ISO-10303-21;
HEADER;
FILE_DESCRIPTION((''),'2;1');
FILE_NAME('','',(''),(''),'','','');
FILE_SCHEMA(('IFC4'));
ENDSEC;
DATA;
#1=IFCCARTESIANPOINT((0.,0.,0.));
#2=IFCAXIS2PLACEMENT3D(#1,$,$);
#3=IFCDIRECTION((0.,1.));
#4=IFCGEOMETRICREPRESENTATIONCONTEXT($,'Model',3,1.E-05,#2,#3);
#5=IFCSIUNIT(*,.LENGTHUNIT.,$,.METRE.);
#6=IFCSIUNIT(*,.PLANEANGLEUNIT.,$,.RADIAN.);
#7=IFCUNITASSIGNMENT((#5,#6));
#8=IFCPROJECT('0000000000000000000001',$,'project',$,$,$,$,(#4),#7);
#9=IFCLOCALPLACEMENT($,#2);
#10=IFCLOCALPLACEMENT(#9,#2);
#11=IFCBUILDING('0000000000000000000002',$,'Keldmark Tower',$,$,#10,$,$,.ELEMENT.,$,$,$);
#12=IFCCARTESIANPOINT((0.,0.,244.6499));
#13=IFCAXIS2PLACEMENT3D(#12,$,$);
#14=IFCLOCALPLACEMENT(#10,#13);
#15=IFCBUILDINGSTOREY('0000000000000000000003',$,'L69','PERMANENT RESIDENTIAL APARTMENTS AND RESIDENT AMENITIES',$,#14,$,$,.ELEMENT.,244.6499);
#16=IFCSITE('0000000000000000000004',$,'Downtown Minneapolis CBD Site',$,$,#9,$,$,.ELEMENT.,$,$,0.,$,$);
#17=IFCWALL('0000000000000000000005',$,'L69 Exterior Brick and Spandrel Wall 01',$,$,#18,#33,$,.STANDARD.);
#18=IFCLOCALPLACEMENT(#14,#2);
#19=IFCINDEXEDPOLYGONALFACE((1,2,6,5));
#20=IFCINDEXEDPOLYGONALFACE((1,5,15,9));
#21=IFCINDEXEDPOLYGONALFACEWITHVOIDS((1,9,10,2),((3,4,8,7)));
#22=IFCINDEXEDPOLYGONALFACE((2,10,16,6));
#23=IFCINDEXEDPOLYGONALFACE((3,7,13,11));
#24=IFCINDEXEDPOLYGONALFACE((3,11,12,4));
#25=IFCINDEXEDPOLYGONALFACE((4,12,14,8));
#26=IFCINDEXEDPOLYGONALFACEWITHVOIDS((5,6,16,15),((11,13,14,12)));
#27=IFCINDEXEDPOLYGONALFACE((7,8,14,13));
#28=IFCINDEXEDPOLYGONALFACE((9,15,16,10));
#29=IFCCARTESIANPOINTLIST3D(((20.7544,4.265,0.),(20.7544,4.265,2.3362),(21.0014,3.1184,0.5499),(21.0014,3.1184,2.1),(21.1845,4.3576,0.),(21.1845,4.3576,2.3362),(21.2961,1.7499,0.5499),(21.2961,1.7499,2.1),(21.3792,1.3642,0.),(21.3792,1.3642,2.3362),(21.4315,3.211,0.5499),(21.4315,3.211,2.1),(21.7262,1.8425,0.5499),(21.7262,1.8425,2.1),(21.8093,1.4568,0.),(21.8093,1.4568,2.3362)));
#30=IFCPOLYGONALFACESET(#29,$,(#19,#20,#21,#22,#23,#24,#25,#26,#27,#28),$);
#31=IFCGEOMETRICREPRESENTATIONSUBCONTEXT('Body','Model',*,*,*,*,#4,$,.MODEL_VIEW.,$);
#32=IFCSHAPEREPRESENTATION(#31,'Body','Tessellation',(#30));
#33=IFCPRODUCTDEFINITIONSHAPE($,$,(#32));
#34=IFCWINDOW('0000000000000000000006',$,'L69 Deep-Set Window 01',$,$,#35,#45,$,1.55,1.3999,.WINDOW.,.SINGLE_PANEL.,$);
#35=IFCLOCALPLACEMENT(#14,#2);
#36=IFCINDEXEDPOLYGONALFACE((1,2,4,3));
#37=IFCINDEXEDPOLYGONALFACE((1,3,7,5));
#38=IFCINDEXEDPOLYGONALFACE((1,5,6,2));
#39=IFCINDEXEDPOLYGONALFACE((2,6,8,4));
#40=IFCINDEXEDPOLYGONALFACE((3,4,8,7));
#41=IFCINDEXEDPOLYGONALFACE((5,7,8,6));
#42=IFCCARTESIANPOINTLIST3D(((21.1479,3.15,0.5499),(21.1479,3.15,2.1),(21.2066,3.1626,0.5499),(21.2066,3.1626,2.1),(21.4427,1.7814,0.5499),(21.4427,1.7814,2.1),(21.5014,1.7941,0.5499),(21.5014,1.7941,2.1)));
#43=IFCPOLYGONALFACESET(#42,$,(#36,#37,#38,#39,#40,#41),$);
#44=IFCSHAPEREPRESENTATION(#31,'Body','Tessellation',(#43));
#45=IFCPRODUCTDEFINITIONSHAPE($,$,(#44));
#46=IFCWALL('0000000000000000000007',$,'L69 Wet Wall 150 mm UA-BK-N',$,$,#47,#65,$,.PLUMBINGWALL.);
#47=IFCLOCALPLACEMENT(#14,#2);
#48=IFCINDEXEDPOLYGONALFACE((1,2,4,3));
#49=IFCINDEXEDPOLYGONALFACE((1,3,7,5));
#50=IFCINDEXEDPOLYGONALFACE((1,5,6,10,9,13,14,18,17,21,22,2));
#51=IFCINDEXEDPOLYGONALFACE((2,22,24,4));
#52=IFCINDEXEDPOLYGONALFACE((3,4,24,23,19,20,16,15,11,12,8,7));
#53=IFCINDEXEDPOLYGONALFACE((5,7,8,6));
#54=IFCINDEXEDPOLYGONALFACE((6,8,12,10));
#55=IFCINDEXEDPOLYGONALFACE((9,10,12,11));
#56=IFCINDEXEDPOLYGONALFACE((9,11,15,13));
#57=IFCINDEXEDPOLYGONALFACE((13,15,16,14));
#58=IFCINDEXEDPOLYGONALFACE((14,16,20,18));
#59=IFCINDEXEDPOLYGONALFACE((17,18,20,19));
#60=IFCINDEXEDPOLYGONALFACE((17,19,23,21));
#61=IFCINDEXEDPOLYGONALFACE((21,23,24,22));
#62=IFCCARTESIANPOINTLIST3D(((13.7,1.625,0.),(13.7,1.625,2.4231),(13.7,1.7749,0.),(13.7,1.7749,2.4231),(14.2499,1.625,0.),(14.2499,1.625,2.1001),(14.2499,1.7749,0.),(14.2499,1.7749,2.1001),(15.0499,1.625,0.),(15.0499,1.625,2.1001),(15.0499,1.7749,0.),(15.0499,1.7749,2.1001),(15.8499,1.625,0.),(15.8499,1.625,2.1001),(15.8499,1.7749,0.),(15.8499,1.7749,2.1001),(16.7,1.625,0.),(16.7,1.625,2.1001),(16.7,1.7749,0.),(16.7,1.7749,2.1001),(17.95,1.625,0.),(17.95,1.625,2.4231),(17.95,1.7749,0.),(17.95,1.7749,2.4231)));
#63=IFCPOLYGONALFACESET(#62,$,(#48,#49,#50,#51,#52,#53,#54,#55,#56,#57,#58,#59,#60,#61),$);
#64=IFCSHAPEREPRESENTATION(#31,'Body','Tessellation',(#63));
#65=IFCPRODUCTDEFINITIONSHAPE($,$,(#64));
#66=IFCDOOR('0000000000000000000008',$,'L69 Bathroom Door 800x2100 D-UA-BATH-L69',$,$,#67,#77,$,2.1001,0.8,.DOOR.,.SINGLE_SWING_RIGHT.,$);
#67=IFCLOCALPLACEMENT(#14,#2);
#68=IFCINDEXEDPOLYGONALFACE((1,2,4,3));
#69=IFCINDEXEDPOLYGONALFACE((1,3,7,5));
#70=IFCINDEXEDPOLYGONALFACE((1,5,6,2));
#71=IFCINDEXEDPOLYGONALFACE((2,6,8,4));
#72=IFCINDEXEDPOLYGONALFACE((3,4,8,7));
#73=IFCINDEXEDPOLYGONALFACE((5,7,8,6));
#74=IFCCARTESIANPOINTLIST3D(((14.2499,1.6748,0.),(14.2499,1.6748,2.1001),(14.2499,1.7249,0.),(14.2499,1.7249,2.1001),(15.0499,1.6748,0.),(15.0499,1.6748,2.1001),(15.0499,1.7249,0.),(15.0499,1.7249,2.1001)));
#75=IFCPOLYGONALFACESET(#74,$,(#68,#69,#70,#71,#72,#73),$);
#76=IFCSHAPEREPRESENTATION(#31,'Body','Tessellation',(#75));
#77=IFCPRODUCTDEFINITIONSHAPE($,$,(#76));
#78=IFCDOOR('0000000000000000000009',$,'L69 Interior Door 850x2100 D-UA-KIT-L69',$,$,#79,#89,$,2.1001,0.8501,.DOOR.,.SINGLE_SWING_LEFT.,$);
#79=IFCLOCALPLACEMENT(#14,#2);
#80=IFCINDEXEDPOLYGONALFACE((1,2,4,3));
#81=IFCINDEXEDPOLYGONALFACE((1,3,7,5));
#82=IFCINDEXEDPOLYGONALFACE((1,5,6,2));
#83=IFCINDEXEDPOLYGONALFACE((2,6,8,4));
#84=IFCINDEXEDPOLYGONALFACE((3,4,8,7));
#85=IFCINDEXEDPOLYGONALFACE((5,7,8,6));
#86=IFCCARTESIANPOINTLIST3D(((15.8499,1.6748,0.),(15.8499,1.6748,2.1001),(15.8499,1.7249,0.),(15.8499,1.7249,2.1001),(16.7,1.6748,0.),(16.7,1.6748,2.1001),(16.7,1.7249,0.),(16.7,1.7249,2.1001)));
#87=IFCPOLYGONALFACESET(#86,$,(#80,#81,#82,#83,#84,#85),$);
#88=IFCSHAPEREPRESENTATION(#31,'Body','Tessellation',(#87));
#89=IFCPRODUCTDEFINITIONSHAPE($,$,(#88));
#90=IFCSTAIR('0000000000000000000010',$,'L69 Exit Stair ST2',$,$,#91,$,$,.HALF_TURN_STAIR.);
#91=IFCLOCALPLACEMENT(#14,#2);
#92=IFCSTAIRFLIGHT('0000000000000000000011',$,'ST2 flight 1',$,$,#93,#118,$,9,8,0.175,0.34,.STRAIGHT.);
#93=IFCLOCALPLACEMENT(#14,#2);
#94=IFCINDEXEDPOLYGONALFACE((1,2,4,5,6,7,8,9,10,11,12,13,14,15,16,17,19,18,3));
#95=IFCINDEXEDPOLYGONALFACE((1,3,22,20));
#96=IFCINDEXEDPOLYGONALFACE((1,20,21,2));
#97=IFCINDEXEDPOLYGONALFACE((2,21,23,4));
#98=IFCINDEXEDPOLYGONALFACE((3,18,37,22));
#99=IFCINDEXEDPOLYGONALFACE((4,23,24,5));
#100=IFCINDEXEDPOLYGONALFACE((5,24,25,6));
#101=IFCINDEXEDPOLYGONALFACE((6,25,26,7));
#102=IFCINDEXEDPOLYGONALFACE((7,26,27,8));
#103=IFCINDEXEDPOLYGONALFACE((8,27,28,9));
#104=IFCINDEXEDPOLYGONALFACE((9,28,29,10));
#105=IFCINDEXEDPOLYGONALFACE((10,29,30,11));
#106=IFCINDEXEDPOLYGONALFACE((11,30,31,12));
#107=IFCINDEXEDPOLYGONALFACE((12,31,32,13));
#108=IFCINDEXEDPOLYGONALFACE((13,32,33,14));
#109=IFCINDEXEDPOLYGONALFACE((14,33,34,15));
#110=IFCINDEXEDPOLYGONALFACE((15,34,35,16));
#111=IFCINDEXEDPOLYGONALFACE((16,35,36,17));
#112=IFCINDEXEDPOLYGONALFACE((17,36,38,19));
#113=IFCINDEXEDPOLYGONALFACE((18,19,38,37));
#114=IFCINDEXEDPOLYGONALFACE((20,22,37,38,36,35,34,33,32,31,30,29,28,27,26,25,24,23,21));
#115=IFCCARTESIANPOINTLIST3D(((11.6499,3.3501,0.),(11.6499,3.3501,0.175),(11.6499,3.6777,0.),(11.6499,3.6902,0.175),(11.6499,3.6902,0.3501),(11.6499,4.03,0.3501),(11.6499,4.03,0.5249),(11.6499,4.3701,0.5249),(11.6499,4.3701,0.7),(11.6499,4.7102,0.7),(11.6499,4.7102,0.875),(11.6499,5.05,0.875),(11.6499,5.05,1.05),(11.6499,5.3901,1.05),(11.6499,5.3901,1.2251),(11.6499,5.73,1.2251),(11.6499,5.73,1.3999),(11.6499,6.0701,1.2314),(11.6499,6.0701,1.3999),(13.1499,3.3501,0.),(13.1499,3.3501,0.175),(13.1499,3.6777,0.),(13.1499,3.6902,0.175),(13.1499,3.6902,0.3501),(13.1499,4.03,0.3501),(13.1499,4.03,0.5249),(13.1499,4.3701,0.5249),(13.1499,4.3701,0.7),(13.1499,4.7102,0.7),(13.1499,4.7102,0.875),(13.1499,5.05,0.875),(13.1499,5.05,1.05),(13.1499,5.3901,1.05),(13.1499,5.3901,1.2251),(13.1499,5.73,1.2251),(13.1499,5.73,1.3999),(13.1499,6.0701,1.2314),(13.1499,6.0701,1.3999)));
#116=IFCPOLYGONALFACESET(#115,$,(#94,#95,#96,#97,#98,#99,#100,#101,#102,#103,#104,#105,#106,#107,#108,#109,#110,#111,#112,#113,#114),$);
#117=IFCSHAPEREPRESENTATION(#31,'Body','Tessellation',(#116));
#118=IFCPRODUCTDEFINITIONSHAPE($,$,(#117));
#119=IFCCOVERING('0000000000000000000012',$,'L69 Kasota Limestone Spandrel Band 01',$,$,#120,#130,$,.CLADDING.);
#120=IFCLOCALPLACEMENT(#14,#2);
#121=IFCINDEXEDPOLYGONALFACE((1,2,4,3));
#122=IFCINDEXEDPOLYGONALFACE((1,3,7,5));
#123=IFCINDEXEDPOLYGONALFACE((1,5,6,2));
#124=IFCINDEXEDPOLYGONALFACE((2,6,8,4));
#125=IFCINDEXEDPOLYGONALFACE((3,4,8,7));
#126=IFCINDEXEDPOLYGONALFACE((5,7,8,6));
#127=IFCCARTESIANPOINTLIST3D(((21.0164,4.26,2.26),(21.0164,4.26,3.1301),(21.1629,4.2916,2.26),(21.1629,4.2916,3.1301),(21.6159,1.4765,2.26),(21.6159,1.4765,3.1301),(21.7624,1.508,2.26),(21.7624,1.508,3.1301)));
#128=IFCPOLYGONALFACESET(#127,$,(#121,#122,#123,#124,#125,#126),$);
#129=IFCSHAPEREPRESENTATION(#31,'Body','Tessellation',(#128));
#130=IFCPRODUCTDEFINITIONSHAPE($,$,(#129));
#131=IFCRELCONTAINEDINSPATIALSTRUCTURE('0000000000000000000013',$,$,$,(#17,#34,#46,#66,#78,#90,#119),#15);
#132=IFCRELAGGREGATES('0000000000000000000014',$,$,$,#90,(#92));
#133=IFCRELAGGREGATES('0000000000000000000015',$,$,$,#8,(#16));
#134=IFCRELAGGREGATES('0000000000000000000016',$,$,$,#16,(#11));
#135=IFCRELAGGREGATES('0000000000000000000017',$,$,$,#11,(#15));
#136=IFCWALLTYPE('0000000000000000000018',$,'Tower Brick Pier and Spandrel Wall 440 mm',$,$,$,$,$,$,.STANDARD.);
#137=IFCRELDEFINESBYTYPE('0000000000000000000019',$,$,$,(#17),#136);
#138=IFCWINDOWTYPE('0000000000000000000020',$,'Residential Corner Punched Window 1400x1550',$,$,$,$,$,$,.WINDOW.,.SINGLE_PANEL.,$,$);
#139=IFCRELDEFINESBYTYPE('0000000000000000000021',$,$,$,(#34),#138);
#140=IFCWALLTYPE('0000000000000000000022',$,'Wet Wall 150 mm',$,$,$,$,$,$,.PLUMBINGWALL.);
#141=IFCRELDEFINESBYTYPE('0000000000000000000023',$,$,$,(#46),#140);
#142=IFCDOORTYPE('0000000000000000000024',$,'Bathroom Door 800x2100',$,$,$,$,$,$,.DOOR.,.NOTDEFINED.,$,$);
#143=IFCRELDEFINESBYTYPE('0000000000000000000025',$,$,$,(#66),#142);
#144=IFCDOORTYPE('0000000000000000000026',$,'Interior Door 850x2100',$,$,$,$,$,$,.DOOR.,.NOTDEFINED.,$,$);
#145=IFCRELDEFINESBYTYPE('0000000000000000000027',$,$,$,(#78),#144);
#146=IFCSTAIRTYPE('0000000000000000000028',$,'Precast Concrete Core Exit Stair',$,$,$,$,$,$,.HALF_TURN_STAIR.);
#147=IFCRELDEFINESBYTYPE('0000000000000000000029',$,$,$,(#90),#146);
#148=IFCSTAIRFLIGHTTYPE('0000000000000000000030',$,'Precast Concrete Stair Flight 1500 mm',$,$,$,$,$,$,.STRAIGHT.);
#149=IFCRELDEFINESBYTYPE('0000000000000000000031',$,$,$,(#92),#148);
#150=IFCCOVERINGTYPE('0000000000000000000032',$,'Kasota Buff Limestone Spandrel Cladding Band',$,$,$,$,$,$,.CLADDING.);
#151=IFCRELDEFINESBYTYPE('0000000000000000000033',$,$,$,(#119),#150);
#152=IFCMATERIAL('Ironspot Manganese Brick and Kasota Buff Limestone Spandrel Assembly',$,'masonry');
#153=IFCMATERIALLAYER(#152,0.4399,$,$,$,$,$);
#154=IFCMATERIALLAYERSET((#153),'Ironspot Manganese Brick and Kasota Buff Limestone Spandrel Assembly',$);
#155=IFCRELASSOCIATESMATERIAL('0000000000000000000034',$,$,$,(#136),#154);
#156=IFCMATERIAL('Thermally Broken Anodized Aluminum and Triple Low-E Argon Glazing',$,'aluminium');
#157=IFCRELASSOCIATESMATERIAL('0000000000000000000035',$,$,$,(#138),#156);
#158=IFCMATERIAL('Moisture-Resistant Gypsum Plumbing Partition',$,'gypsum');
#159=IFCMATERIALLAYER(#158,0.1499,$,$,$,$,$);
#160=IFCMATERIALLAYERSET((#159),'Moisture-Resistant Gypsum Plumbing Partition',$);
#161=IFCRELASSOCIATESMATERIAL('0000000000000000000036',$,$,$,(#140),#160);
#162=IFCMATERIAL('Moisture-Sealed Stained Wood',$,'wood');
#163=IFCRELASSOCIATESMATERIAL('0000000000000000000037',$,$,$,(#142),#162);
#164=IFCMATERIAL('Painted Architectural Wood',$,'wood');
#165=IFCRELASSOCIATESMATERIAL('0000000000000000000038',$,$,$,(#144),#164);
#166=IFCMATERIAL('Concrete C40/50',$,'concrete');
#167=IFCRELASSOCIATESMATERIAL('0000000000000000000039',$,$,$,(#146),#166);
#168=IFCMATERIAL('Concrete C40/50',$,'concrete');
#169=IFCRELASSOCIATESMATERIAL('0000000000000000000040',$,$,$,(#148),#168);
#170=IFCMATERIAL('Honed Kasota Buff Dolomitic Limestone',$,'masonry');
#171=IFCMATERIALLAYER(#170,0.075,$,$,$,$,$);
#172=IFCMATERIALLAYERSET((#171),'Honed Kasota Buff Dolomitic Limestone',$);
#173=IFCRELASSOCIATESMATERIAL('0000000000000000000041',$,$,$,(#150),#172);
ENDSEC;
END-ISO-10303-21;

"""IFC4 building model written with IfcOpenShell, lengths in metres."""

from ifc_helpers import new_model, si_unit, direction, frame, frame_2d, origin, origin_2d, place, context, subcontext, project, spatial, polyline, rectangle, outline, extrude, material, layer, layer_set, type_object, element, fill, aggregate, save


model = new_model("IFC4")

# Units and contexts
model_context = context("Model", 3, precision=1e-05, world=origin(), true_north=direction((0.0, 1.0)))
body_context = subcontext(model_context, "Body", "Model", "MODEL_VIEW")
ifc_project = project(units=[si_unit("LENGTHUNIT", "METRE"), si_unit("PLANEANGLEUNIT", "RADIAN")], contexts=[model_context])

# Site, building, storey
site_placement = place(None, origin())
site = spatial("IfcSite", under=ifc_project, at=site_placement, Name="Downtown Minneapolis CBD Site", CompositionType="ELEMENT", RefElevation=0.0)
building_placement = place(site_placement, origin())
building = spatial("IfcBuilding", under=site, at=building_placement, Name="Keldmark Tower", CompositionType="ELEMENT")
storey_placement = place(building_placement, frame((0.0, 0.0, 244.6499)))
storey = spatial("IfcBuildingStorey", under=building, at=storey_placement, Name="L69", Description="PERMANENT RESIDENTIAL APARTMENTS AND RESIDENT AMENITIES", CompositionType="ELEMENT", Elevation=244.6499)

# Wall, opening, window
ifc_material_1 = material(Name="Ironspot Manganese Brick and Kasota Buff Limestone Spandrel Assembly", Category="masonry")
ifc_layer_1 = layer(ifc_material_1, 0.4399)
ifc_layer_set_1 = layer_set([ifc_layer_1], Name="Ironspot Manganese Brick and Kasota Buff Limestone Spandrel Assembly")
wall_type_1 = type_object("IfcWallType", Name="Tower Brick Pier and Spandrel Wall 440 mm", PredefinedType="STANDARD", material=ifc_layer_set_1)
wall_1_placement = place(storey_placement, frame((20.9695, 4.3113, 0.0), z_axis=(0.0, 0.0, 1.0), x_axis=(0.21054, -0.977585, 0.0)))
wall_1 = element("IfcWall", 1, at=wall_1_placement, inside=storey, type_object=wall_type_1, Name="L69 Exterior Brick and Spandrel Wall 01", PredefinedType="STANDARD", context=body_context, shape_type="SweptSolid", body=[
    extrude(rectangle(XDim=2.9673, YDim=0.4399, at=frame_2d((1.4836, 0.0))), origin(), (0.0, 0.0, 1.0), 2.3362),
])
opening_1_placement = place(wall_1_placement, frame((1.1729, 0.0, 0.55)))
opening_1 = element("IfcOpeningElement", 2, at=opening_1_placement, cuts=wall_1, PredefinedType="OPENING", context=body_context, shape_type="SweptSolid", body=[
    extrude(rectangle(XDim=1.3999, YDim=1.55, at=frame_2d((0.7, 0.7749))), frame((0.0, 0.23, 0.0), z_axis=(0.0, -1.0, 0.0), x_axis=(1.0, 0.0, 0.0)), (0.0, 0.0, 1.0), 0.46),
])
ifc_material_2 = material(Name="Thermally Broken Anodized Aluminum and Triple Low-E Argon Glazing", Category="aluminium")
window_type = type_object("IfcWindowType", Name="Residential Corner Punched Window 1400x1550", PartitioningType="SINGLE_PANEL", PredefinedType="WINDOW", material=ifc_material_2)
window_placement = place(opening_1_placement, origin())
window = element("IfcWindow", 3, at=window_placement, inside=storey, type_object=window_type, Name="L69 Deep-Set Window 01", OverallHeight=1.55, OverallWidth=1.3999, PartitioningType="SINGLE_PANEL", PredefinedType="WINDOW", context=body_context, shape_type="SweptSolid", body=[
    extrude(rectangle(XDim=1.3999, YDim=1.55, at=frame_2d((0.7, 0.7749))), frame((0.0, -0.01, 0.0), z_axis=(0.0, -1.0, 0.0), x_axis=(1.0, 0.0, 0.0)), (0.0, 0.0, 1.0), 0.0601),
])
fill(opening_1, window)

# Wall, openings, doors
ifc_material_3 = material(Name="Moisture-Resistant Gypsum Plumbing Partition", Category="gypsum")
ifc_layer_2 = layer(ifc_material_3, 0.1499)
ifc_layer_set_2 = layer_set([ifc_layer_2], Name="Moisture-Resistant Gypsum Plumbing Partition")
wall_type_2 = type_object("IfcWallType", Name="Wet Wall 150 mm", PredefinedType="PLUMBINGWALL", material=ifc_layer_set_2)
wall_2_placement = place(storey_placement, frame((13.7, 1.7, 0.0), z_axis=(0.0, 0.0, 1.0), x_axis=(1.0, 0.0, 0.0)))
wall_2 = element("IfcWall", 4, at=wall_2_placement, inside=storey, type_object=wall_type_2, Name="L69 Wet Wall 150 mm UA-BK-N", PredefinedType="PLUMBINGWALL", context=body_context, shape_type="SweptSolid", body=[
    extrude(rectangle(XDim=4.25, YDim=0.1499, at=frame_2d((2.125, 0.0))), origin(), (0.0, 0.0, 1.0), 2.4231),
])
opening_2_placement = place(wall_2_placement, frame((0.55, 0.0, 0.0)))
opening_2 = element("IfcOpeningElement", 5, at=opening_2_placement, cuts=wall_2, PredefinedType="OPENING", context=body_context, shape_type="SweptSolid", body=[
    extrude(rectangle(XDim=0.8, YDim=2.1001, at=frame_2d((0.3999, 1.05))), frame((0.0, 0.085, 0.0), z_axis=(0.0, -1.0, 0.0), x_axis=(1.0, 0.0, 0.0)), (0.0, 0.0, 1.0), 0.1699),
])
opening_3_placement = place(wall_2_placement, frame((2.1499, 0.0, 0.0)))
opening_3 = element("IfcOpeningElement", 6, at=opening_3_placement, cuts=wall_2, PredefinedType="OPENING", context=body_context, shape_type="SweptSolid", body=[
    extrude(rectangle(XDim=0.8501, YDim=2.1001, at=frame_2d((0.425, 1.05))), frame((0.0, 0.085, 0.0), z_axis=(0.0, -1.0, 0.0), x_axis=(1.0, 0.0, 0.0)), (0.0, 0.0, 1.0), 0.1699),
])
ifc_material_4 = material(Name="Moisture-Sealed Stained Wood", Category="wood")
door_type_1 = type_object("IfcDoorType", Name="Bathroom Door 800x2100", OperationType="NOTDEFINED", PredefinedType="DOOR", material=ifc_material_4)
door_1_placement = place(opening_2_placement, origin())
door_1 = element("IfcDoor", 7, at=door_1_placement, inside=storey, type_object=door_type_1, Name="L69 Bathroom Door 800x2100 D-UA-BATH-L69", OperationType="SINGLE_SWING_RIGHT", OverallHeight=2.1001, OverallWidth=0.8, PredefinedType="DOOR", context=body_context, shape_type="SweptSolid", body=[
    extrude(rectangle(XDim=0.8, YDim=2.1001, at=frame_2d((0.3999, 1.05))), frame((0.0, 0.0249, 0.0), z_axis=(0.0, -1.0, 0.0), x_axis=(1.0, 0.0, 0.0)), (0.0, 0.0, 1.0), 0.05),
])
fill(opening_2, door_1)
ifc_material_5 = material(Name="Painted Architectural Wood", Category="wood")
door_type_2 = type_object("IfcDoorType", Name="Interior Door 850x2100", OperationType="NOTDEFINED", PredefinedType="DOOR", material=ifc_material_5)
door_2_placement = place(opening_3_placement, origin())
door_2 = element("IfcDoor", 8, at=door_2_placement, inside=storey, type_object=door_type_2, Name="L69 Interior Door 850x2100 D-UA-KIT-L69", OperationType="SINGLE_SWING_LEFT", OverallHeight=2.1001, OverallWidth=0.8501, PredefinedType="DOOR", context=body_context, shape_type="SweptSolid", body=[
    extrude(rectangle(XDim=0.8501, YDim=2.1001, at=frame_2d((0.425, 1.05))), frame((0.0, 0.0249, 0.0), z_axis=(0.0, -1.0, 0.0), x_axis=(1.0, 0.0, 0.0)), (0.0, 0.0, 1.0), 0.05),
])
fill(opening_3, door_2)

# Stair, stair flight
ifc_material_6 = material(Name="Concrete C40/50", Category="concrete")
stair_type = type_object("IfcStairType", Name="Precast Concrete Core Exit Stair", PredefinedType="HALF_TURN_STAIR", material=ifc_material_6)
stair_placement = place(storey_placement, origin())
stair = element("IfcStair", 9, at=stair_placement, inside=storey, type_object=stair_type, Name="L69 Exit Stair ST2", PredefinedType="HALF_TURN_STAIR")
ifc_material_7 = material(Name="Concrete C40/50", Category="concrete")
stair_flight_type = type_object("IfcStairFlightType", Name="Precast Concrete Stair Flight 1500 mm", PredefinedType="STRAIGHT", material=ifc_material_7)
stair_flight_placement = place(storey_placement, frame((12.3999, 3.3501, 0.0), z_axis=(0.0, 0.0, 1.0), x_axis=(0.0, 1.0, 0.0)))
stair_flight = element("IfcStairFlight", 10, at=stair_flight_placement, type_object=stair_flight_type, Name="ST2 flight 1", NumberOfRisers=9, NumberOfTreads=8, PredefinedType="STRAIGHT", RiserHeight=0.175, TreadLength=0.34, context=body_context, shape_type="SweptSolid", body=[
    extrude(outline(polyline([(0.0, 0.0), (0.0, 0.175), (0.3401, 0.175), (0.3401, 0.3501), (0.6799, 0.3501), (0.6799, 0.5249), (1.02, 0.5249), (1.02, 0.7), (1.3601, 0.7), (1.3601, 0.875), (1.7, 0.875), (1.7, 1.05), (2.04, 1.05), (2.04, 1.2251), (2.3799, 1.2251), (2.3799, 1.3999), (2.72, 1.3999), (2.72, 1.575), (2.72, 1.2314), (0.3276, 0.0), (0.0, 0.0)])), frame((0.0, 0.75, 0.0), z_axis=(0.0, -1.0, 0.0), x_axis=(1.0, 0.0, 0.0)), (0.0, 0.0, 1.0), 1.5),
])
aggregate(stair, [stair_flight])

# Covering
ifc_material_8 = material(Name="Honed Kasota Buff Dolomitic Limestone", Category="masonry")
ifc_layer_3 = layer(ifc_material_8, 0.075)
ifc_layer_set_3 = layer_set([ifc_layer_3], Name="Honed Kasota Buff Dolomitic Limestone")
covering_type = type_object("IfcCoveringType", Name="Kasota Buff Limestone Spandrel Cladding Band", PredefinedType="CLADDING", material=ifc_layer_set_3)
covering_placement = place(storey_placement, frame((21.3894, 2.884, 2.26), z_axis=(0.0, 0.0, 1.0), x_axis=(-0.21054, 0.977585, 0.0)))
element("IfcCovering", 11, at=covering_placement, inside=storey, type_object=covering_type, Name="L69 Kasota Limestone Spandrel Band 01", PredefinedType="CLADDING", context=body_context, shape_type="SweptSolid", body=[
    extrude(rectangle(XDim=2.8474, YDim=0.1499, at=origin_2d()), origin(), (0.0, 0.0, 1.0), 0.8701),
])

save(model, "model.ifc")
